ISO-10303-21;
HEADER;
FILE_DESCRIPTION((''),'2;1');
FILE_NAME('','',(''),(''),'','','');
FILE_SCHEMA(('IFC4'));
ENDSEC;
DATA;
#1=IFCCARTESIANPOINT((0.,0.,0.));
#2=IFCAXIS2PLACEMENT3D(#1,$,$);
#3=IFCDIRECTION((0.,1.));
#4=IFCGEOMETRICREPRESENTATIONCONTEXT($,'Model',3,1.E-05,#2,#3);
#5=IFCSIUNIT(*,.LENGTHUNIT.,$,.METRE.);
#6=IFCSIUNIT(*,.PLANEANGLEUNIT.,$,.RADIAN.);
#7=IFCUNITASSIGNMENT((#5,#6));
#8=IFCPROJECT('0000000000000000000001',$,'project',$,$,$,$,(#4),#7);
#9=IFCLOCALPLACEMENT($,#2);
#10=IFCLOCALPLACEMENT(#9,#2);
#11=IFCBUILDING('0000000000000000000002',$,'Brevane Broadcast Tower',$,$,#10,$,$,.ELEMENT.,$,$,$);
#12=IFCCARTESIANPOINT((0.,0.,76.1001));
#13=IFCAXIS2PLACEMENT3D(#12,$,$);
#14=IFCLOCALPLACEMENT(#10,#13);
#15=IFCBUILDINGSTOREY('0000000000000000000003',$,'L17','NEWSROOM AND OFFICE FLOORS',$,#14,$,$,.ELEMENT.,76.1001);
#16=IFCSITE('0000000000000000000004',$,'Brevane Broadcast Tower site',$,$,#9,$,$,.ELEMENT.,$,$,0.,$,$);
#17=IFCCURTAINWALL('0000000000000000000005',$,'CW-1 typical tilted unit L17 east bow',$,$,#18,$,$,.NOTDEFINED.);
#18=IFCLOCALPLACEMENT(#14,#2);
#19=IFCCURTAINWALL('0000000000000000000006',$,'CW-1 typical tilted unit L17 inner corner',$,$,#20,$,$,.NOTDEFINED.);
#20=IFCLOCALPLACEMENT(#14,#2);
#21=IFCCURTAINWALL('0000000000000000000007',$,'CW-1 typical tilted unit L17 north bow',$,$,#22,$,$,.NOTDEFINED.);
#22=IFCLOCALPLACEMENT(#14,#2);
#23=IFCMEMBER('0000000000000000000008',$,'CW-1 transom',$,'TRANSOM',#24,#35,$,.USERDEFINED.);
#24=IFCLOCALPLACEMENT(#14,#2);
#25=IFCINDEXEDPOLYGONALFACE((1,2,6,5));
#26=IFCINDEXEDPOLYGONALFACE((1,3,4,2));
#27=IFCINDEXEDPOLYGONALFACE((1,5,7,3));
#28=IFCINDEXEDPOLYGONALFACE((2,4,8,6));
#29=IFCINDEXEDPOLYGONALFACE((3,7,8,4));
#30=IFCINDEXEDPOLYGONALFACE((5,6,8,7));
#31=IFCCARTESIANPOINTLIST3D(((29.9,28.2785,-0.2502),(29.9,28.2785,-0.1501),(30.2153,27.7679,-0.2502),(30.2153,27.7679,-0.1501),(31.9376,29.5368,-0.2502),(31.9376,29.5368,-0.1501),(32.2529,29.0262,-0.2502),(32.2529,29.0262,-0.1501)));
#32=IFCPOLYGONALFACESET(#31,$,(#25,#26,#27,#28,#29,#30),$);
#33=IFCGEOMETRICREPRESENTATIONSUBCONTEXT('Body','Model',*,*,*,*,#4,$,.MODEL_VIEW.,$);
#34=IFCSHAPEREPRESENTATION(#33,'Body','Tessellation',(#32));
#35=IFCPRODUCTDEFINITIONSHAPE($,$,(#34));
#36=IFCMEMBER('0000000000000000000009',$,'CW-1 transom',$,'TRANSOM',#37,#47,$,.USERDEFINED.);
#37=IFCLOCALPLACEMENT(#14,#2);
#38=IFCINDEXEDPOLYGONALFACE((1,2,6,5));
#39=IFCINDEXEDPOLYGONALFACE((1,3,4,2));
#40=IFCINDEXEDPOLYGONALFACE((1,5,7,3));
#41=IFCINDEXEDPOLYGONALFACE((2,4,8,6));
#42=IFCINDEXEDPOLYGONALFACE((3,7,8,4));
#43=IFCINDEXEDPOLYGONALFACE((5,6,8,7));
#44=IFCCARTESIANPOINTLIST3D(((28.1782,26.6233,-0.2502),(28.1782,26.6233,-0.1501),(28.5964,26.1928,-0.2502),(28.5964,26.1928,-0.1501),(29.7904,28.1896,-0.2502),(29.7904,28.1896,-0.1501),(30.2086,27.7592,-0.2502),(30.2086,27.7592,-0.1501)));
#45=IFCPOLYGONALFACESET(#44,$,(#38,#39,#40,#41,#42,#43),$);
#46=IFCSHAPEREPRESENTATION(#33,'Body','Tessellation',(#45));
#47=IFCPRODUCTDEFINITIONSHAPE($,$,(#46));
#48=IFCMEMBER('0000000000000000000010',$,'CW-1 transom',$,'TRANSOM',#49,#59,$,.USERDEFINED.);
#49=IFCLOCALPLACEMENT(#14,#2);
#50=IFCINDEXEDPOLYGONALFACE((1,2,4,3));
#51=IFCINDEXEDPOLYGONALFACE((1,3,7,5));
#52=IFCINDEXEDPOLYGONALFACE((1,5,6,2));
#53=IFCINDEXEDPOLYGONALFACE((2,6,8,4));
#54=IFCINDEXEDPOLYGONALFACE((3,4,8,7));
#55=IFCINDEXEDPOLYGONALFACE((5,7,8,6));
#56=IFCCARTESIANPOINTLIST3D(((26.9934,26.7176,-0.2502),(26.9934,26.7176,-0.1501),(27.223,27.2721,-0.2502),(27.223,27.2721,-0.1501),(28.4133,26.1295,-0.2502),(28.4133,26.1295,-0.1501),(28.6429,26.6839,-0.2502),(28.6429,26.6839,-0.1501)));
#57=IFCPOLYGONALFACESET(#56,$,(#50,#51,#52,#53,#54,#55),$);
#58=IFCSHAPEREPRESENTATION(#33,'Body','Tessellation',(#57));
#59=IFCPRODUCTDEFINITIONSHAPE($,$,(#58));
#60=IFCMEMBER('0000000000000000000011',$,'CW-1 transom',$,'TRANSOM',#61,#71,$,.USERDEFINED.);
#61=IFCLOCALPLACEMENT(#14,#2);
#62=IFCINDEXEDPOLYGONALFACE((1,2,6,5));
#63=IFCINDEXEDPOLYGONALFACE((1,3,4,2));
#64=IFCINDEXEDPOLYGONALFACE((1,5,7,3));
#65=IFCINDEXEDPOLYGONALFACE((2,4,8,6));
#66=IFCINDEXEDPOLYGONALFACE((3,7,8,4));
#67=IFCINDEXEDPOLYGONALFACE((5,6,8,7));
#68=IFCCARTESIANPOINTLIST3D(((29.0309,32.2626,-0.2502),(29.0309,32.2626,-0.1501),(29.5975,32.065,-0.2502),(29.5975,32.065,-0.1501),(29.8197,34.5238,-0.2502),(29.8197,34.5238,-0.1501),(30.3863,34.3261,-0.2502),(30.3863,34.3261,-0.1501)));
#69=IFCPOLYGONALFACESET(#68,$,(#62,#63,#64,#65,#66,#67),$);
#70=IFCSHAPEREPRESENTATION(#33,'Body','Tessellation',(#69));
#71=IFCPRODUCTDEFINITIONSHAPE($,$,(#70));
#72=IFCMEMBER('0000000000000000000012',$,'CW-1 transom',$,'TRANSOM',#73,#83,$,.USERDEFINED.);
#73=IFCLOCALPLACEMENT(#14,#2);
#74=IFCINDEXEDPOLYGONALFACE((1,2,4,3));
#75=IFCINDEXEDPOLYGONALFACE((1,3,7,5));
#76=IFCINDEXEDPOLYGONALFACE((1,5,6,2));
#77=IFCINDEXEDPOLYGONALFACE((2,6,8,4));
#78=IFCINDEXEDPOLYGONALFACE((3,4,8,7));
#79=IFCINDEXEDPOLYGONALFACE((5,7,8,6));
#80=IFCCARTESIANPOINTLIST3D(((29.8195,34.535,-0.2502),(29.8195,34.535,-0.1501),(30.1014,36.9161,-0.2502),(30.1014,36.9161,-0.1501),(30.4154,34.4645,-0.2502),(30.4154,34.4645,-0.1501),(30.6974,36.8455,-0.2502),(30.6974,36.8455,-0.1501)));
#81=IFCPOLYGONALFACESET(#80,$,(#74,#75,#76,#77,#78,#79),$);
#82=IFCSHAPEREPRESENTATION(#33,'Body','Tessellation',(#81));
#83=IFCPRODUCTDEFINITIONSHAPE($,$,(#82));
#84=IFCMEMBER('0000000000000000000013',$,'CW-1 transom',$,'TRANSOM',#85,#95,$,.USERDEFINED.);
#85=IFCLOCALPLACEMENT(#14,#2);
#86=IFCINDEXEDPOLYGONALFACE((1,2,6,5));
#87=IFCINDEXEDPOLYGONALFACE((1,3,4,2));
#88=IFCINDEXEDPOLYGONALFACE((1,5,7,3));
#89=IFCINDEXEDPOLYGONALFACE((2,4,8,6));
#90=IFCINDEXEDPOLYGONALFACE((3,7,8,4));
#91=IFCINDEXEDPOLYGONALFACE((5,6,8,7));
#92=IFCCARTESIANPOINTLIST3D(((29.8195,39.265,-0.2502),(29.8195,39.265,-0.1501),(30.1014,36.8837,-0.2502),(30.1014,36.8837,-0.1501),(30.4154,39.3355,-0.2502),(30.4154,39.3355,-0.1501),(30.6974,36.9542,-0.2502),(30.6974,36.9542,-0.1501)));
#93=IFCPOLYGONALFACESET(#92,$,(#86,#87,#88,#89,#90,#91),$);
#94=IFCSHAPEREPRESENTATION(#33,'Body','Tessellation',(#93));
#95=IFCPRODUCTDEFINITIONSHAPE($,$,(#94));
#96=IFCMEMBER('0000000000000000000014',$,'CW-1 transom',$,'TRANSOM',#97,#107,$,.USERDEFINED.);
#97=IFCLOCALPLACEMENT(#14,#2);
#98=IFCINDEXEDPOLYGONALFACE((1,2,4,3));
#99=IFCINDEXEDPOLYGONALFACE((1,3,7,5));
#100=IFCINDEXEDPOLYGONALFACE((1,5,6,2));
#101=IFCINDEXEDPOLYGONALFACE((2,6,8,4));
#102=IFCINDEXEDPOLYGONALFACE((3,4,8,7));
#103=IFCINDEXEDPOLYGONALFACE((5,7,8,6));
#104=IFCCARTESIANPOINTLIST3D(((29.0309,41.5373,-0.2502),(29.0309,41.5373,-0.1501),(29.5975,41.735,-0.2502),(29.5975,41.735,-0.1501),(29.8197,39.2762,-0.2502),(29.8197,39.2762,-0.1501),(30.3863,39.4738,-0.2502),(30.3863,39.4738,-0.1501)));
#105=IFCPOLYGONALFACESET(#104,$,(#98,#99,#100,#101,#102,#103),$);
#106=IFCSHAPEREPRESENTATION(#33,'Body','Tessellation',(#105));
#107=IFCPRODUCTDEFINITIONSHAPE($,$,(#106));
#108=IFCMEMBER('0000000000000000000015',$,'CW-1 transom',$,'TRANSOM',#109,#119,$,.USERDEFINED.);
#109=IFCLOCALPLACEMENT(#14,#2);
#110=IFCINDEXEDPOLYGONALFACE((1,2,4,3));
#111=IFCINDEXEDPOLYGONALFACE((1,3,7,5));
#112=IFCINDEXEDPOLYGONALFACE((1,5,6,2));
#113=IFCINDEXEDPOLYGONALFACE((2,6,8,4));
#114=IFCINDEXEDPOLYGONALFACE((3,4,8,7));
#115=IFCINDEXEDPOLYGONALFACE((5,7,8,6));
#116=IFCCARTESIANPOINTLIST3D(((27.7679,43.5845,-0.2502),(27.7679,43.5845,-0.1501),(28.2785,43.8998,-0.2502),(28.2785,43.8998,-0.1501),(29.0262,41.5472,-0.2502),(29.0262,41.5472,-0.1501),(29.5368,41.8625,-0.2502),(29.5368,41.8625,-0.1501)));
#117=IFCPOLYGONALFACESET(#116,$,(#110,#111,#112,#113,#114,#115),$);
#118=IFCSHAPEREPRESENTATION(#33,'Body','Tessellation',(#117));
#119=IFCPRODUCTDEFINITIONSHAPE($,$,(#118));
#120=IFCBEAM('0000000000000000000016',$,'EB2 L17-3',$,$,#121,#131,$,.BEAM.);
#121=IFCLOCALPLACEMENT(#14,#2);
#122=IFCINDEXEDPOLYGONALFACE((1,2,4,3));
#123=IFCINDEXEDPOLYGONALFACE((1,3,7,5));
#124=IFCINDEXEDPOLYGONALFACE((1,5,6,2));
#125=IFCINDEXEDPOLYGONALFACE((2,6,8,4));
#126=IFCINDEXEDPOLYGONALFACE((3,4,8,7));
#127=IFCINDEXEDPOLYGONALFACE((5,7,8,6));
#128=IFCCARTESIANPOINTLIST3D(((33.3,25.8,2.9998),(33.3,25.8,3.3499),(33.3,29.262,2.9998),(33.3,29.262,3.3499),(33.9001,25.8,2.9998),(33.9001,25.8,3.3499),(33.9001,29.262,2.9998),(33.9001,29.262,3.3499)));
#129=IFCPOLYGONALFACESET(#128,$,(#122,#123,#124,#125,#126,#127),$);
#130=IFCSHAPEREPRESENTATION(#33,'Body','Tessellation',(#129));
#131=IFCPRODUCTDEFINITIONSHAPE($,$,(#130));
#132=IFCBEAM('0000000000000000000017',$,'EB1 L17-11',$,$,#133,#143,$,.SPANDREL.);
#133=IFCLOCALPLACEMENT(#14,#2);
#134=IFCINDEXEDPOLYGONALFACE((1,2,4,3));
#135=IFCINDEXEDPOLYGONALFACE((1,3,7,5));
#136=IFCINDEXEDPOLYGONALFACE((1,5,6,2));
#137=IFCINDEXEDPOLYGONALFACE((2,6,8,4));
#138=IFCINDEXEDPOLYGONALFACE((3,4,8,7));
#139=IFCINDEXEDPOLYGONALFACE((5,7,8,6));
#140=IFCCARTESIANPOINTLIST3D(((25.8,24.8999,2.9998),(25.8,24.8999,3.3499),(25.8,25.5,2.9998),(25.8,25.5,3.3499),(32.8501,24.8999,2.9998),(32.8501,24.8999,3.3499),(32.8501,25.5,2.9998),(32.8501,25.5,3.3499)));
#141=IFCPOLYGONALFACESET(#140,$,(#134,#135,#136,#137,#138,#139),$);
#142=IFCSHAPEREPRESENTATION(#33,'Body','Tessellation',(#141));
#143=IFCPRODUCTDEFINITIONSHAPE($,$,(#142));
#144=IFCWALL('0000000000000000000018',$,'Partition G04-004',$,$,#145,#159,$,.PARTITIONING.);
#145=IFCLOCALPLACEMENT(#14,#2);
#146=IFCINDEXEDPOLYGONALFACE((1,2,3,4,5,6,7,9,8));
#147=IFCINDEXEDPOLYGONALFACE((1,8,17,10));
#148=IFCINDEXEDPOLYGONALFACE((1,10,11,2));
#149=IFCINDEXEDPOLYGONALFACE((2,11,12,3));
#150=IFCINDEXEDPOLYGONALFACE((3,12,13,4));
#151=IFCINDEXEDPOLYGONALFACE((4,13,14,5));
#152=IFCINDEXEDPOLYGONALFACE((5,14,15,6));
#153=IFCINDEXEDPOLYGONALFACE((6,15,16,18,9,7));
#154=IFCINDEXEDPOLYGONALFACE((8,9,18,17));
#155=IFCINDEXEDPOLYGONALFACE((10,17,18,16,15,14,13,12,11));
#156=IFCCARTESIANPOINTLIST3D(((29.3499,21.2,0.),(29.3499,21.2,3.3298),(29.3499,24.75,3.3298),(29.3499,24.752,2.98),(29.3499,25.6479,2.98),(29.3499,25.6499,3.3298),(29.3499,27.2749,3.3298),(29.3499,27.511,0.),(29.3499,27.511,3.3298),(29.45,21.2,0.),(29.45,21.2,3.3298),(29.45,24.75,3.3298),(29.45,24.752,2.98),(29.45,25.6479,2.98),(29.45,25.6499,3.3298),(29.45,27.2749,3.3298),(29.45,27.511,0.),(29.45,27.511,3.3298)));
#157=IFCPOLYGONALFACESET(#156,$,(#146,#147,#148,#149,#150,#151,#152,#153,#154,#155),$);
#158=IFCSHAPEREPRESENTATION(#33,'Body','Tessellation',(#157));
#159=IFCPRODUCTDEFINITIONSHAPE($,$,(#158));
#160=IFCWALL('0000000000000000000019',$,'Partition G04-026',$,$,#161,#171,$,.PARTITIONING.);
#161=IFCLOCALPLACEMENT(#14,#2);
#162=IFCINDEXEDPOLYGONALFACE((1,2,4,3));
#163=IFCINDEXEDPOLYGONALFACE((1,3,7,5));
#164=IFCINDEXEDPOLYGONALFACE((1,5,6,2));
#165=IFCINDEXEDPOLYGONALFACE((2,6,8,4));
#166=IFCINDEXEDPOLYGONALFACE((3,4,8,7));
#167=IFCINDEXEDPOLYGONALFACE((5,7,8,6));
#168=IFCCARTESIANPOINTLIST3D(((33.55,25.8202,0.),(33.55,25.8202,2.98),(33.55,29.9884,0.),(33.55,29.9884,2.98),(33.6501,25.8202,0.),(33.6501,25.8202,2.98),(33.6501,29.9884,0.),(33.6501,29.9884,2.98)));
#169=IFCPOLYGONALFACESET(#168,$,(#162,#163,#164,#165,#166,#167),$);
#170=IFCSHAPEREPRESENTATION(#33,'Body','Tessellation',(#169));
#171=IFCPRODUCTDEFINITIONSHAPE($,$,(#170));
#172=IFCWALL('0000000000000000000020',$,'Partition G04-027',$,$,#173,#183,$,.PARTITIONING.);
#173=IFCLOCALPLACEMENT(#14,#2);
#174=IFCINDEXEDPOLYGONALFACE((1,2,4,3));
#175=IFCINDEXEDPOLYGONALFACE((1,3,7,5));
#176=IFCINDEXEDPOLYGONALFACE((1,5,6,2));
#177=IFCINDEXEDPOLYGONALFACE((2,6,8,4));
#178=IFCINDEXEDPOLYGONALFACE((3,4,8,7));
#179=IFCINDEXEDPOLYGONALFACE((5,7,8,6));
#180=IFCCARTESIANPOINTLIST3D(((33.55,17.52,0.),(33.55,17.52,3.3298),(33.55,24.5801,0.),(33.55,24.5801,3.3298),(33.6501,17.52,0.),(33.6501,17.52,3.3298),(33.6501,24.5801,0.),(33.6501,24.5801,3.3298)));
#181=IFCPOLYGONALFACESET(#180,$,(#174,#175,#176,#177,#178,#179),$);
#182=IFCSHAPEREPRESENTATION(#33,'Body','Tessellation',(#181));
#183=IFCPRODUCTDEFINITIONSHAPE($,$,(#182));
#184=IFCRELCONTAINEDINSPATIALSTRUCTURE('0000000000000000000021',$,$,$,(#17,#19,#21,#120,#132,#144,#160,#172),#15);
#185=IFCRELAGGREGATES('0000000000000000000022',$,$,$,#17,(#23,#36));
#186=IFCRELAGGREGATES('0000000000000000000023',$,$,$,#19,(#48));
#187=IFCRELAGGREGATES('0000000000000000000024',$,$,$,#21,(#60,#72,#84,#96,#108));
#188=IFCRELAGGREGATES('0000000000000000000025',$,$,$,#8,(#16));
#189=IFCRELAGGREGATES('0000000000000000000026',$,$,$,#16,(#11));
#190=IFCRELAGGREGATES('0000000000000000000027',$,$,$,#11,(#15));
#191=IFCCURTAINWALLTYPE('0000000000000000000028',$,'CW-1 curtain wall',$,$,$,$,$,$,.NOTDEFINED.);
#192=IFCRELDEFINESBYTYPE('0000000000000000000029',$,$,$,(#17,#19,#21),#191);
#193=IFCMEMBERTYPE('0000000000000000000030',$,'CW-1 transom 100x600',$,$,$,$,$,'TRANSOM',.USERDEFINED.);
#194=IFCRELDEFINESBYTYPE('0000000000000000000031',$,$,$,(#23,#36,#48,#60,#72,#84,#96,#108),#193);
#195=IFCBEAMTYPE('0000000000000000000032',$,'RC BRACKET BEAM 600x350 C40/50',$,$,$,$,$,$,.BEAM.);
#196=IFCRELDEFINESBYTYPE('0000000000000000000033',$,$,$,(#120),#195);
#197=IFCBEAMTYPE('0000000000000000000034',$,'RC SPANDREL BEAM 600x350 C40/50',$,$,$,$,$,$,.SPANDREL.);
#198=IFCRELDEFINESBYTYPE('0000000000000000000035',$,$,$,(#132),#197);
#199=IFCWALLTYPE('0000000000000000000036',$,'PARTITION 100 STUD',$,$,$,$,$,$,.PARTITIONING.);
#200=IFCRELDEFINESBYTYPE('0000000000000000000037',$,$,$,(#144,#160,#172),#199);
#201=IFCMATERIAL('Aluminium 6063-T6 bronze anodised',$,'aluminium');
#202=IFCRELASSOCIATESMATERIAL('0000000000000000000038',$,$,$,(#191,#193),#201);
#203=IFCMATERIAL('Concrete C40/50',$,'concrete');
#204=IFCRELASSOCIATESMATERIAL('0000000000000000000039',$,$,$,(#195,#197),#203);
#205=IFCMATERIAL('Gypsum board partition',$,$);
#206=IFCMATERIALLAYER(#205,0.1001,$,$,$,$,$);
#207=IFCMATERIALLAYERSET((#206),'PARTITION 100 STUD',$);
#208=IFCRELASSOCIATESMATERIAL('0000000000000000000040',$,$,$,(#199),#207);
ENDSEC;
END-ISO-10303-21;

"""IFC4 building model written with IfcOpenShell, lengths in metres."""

from ifc_helpers import new_model, si_unit, direction, frame, frame_2d, origin, origin_2d, place, context, subcontext, project, spatial, polyline, rectangle, outline, extrude, material, layer, layer_set, material_profile, profile_set, type_object, element, aggregate, save


model = new_model("IFC4")

# Units and contexts
model_context = context("Model", 3, precision=1e-05, world=origin(), true_north=direction((0.0, 1.0)))
body_context = subcontext(model_context, "Body", "Model", "MODEL_VIEW")
ifc_project = project(units=[si_unit("LENGTHUNIT", "METRE"), si_unit("PLANEANGLEUNIT", "RADIAN")], contexts=[model_context])

# Site, building, storey
site_placement = place(None, origin())
site = spatial("IfcSite", under=ifc_project, at=site_placement, Name="Brevane Broadcast Tower site", CompositionType="ELEMENT", RefElevation=0.0)
building_placement = place(site_placement, origin())
building = spatial("IfcBuilding", under=site, at=building_placement, Name="Brevane Broadcast Tower", CompositionType="ELEMENT")
storey_placement = place(building_placement, frame((0.0, 0.0, 76.1001)))
storey = spatial("IfcBuildingStorey", under=building, at=storey_placement, Name="L17", Description="NEWSROOM AND OFFICE FLOORS", CompositionType="ELEMENT", Elevation=76.1001)

# Curtain wall
ifc_material_1 = material(Name="Aluminium 6063-T6 bronze anodised", Category="aluminium")
curtain_wall_type = type_object("IfcCurtainWallType", Name="CW-1 curtain wall", PredefinedType="NOTDEFINED", material=ifc_material_1)
curtain_wall_1_placement = place(storey_placement, origin())
curtain_wall_1 = element("IfcCurtainWall", 1, at=curtain_wall_1_placement, inside=storey, type_object=curtain_wall_type, Name="CW-1 typical tilted unit L17 east bow", PredefinedType="NOTDEFINED")

# Curtain wall
curtain_wall_2_placement = place(storey_placement, origin())
curtain_wall_2 = element("IfcCurtainWall", 2, at=curtain_wall_2_placement, inside=storey, type_object=curtain_wall_type, Name="CW-1 typical tilted unit L17 inner corner", PredefinedType="NOTDEFINED")

# Curtain wall
curtain_wall_3_placement = place(storey_placement, origin())
curtain_wall_3 = element("IfcCurtainWall", 3, at=curtain_wall_3_placement, inside=storey, type_object=curtain_wall_type, Name="CW-1 typical tilted unit L17 north bow", PredefinedType="NOTDEFINED")

# Members
ifc_material_profile_1 = material_profile(ifc_material_1, rectangle(XDim=0.6001, YDim=0.1001, at=origin_2d()), Name="RECT 100x600")
ifc_profile_set_1 = profile_set([ifc_material_profile_1], Name="Aluminium 6063-T6 bronze anodised")
member_type_1 = type_object("IfcMemberType", Name="CW-1 transom 100x600", ElementType="TRANSOM", PredefinedType="USERDEFINED", material=ifc_profile_set_1)
member_1_placement = place(storey_placement, frame((32.0952, 29.2815, -0.2002), z_axis=(-0.850838, -0.525428, 0.0), x_axis=(0.525428, -0.850838, 0.0)))
member_1 = element("IfcMember", 4, at=member_1_placement, type_object=member_type_1, Name="CW-1 transom", ObjectType="TRANSOM", PredefinedType="USERDEFINED", context=body_context, shape_type="SweptSolid", body=[
    extrude(rectangle(XDim=0.6001, YDim=0.1001, at=origin_2d()), origin(), (0.0, 0.0, 1.0), 2.3948),
])
member_2_placement = place(storey_placement, frame((29.9995, 27.9744, -0.2002), z_axis=(-0.717242, -0.696824, 0.0), x_axis=(0.696824, -0.717242, 0.0)))
member_2 = element("IfcMember", 5, at=member_2_placement, type_object=member_type_1, Name="CW-1 transom", ObjectType="TRANSOM", PredefinedType="USERDEFINED", context=body_context, shape_type="SweptSolid", body=[
    extrude(rectangle(XDim=0.6001, YDim=0.1001, at=origin_2d()), origin(), (0.0, 0.0, 1.0), 2.2478),
])
aggregate(curtain_wall_1, [member_1, member_2])
member_3_placement = place(storey_placement, frame((28.5281, 26.4067, -0.2002), z_axis=(-0.923883, 0.382674, 0.0), x_axis=(-0.382674, -0.923883, 0.0)))
member_3 = element("IfcMember", 6, at=member_3_placement, type_object=member_type_1, Name="CW-1 transom", ObjectType="TRANSOM", PredefinedType="USERDEFINED", context=body_context, shape_type="SweptSolid", body=[
    extrude(rectangle(XDim=0.6001, YDim=0.1001, at=origin_2d()), origin(), (0.0, 0.0, 1.0), 1.5369),
])
aggregate(curtain_wall_2, [member_3])
member_4_placement = place(storey_placement, frame((29.3142, 32.1638, -0.2002), z_axis=(0.329378, 0.944198, 0.0), x_axis=(-0.944198, 0.329378, 0.0)))
member_4 = element("IfcMember", 7, at=member_4_placement, type_object=member_type_1, Name="CW-1 transom", ObjectType="TRANSOM", PredefinedType="USERDEFINED", context=body_context, shape_type="SweptSolid", body=[
    extrude(rectangle(XDim=0.6001, YDim=0.1001, at=origin_2d()), origin(), (0.0, 0.0, 1.0), 2.3948),
])
member_5_placement = place(storey_placement, frame((30.1174, 34.4998, -0.2002), z_axis=(0.117603, 0.993061, 0.0), x_axis=(-0.993061, 0.117603, 0.0)))
member_5 = element("IfcMember", 8, at=member_5_placement, type_object=member_type_1, Name="CW-1 transom", ObjectType="TRANSOM", PredefinedType="USERDEFINED", context=body_context, shape_type="SweptSolid", body=[
    extrude(rectangle(XDim=0.6001, YDim=0.1001, at=origin_2d()), origin(), (0.0, 0.0, 1.0), 2.3977),
])
member_6_placement = place(storey_placement, frame((30.3994, 36.9189, -0.2002), z_axis=(-0.117591, 0.993062, 0.0), x_axis=(-0.993062, -0.117591, 0.0)))
member_6 = element("IfcMember", 9, at=member_6_placement, type_object=member_type_1, Name="CW-1 transom", ObjectType="TRANSOM", PredefinedType="USERDEFINED", context=body_context, shape_type="SweptSolid", body=[
    extrude(rectangle(XDim=0.6001, YDim=0.1001, at=origin_2d()), origin(), (0.0, 0.0, 1.0), 2.3979),
])
member_7_placement = place(storey_placement, frame((30.103, 39.375, -0.2002), z_axis=(-0.329378, 0.944198, 0.0), x_axis=(-0.944198, -0.329378, 0.0)))
member_7 = element("IfcMember", 10, at=member_7_placement, type_object=member_type_1, Name="CW-1 transom", ObjectType="TRANSOM", PredefinedType="USERDEFINED", context=body_context, shape_type="SweptSolid", body=[
    extrude(rectangle(XDim=0.6001, YDim=0.1001, at=origin_2d()), origin(), (0.0, 0.0, 1.0), 2.3948),
])
member_8_placement = place(storey_placement, frame((29.2815, 41.7048, -0.2002), z_axis=(-0.525473, 0.85081, 0.0), x_axis=(-0.85081, -0.525473, 0.0)))
member_8 = element("IfcMember", 11, at=member_8_placement, type_object=member_type_1, Name="CW-1 transom", ObjectType="TRANSOM", PredefinedType="USERDEFINED", context=body_context, shape_type="SweptSolid", body=[
    extrude(rectangle(XDim=0.6001, YDim=0.1001, at=origin_2d()), origin(), (0.0, 0.0, 1.0), 2.3945),
])
aggregate(curtain_wall_3, [member_4, member_5, member_6, member_7, member_8])

# Beams
ifc_material_2 = material(Name="Concrete C40/50", Category="concrete")
ifc_material_profile_2 = material_profile(ifc_material_2, rectangle(XDim=0.6001, YDim=0.3501, at=origin_2d()), Name="RC 600x350")
ifc_profile_set_2 = profile_set([ifc_material_profile_2], Name="Concrete C40/50")
beam_type_1 = type_object("IfcBeamType", Name="RC BRACKET BEAM 600x350 C40/50", PredefinedType="BEAM", material=ifc_profile_set_2)
beam_1_placement = place(storey_placement, frame((33.6001, 25.8, 3.1748), z_axis=(0.0, 1.0, 0.0), x_axis=(-1.0, 0.0, 0.0)))
element("IfcBeam", 12, at=beam_1_placement, inside=storey, type_object=beam_type_1, Name="EB2 L17-3", PredefinedType="BEAM", context=body_context, shape_type="SweptSolid", body=[
    extrude(rectangle(XDim=0.6001, YDim=0.3501, at=origin_2d()), origin(), (0.0, 0.0, 1.0), 3.4619),
])
ifc_material_profile_3 = material_profile(ifc_material_2, rectangle(XDim=0.6001, YDim=0.3501, at=origin_2d()), Name="RC 600x350")
ifc_profile_set_3 = profile_set([ifc_material_profile_3], Name="Concrete C40/50")
beam_type_2 = type_object("IfcBeamType", Name="RC SPANDREL BEAM 600x350 C40/50", PredefinedType="SPANDREL", material=ifc_profile_set_3)
beam_2_placement = place(storey_placement, frame((32.8501, 25.2, 3.1748), z_axis=(-1.0, 0.0, 0.0), x_axis=(0.0, -1.0, 0.0)))
element("IfcBeam", 13, at=beam_2_placement, inside=storey, type_object=beam_type_2, Name="EB1 L17-11", PredefinedType="SPANDREL", context=body_context, shape_type="SweptSolid", body=[
    extrude(rectangle(XDim=0.6001, YDim=0.3501, at=origin_2d()), origin(), (0.0, 0.0, 1.0), 7.05),
])

# Walls
ifc_material_3 = material(Name="Gypsum board partition")
ifc_layer = layer(ifc_material_3, 0.1001)
ifc_layer_set = layer_set([ifc_layer], Name="PARTITION 100 STUD")
wall_type = type_object("IfcWallType", Name="PARTITION 100 STUD", PredefinedType="PARTITIONING", material=ifc_layer_set)
wall_1_placement = place(storey_placement, frame((29.3999, 27.511, 0.0), z_axis=(0.0, 0.0, 1.0), x_axis=(0.0, -1.0, 0.0)))
element("IfcWall", 14, at=wall_1_placement, inside=storey, type_object=wall_type, Name="Partition G04-004", PredefinedType="PARTITIONING", context=body_context, shape_type="SweptSolid", body=[
    extrude(outline(polyline([(0.0, 0.0), (6.311, 0.0), (6.311, 3.3298), (2.761, 3.3298), (2.759, 2.98), (1.863, 2.98), (1.8611, 3.3298), (0.2361, 3.3298), (0.0, 3.3298), (0.0, 0.0)])), frame((0.0, 0.05, 0.0), z_axis=(0.0, -1.0, 0.0), x_axis=(1.0, 0.0, 0.0)), (0.0, 0.0, 1.0), 0.1001),
])
wall_2_placement = place(storey_placement, frame((33.6001, 29.9883, 0.0), z_axis=(0.0, 0.0, 1.0), x_axis=(0.0, -1.0, 0.0)))
element("IfcWall", 15, at=wall_2_placement, inside=storey, type_object=wall_type, Name="Partition G04-026", PredefinedType="PARTITIONING", context=body_context, shape_type="SweptSolid", body=[
    extrude(rectangle(XDim=4.1682, YDim=0.1001, at=frame_2d((2.084, 0.0))), origin(), (0.0, 0.0, 1.0), 2.98),
])
wall_3_placement = place(storey_placement, frame((33.6001, 24.5801, 0.0), z_axis=(0.0, 0.0, 1.0), x_axis=(0.0, -1.0, 0.0)))
element("IfcWall", 16, at=wall_3_placement, inside=storey, type_object=wall_type, Name="Partition G04-027", PredefinedType="PARTITIONING", context=body_context, shape_type="SweptSolid", body=[
    extrude(rectangle(XDim=7.0601, YDim=0.1001, at=frame_2d((3.53, 0.0))), origin(), (0.0, 0.0, 1.0), 3.3298),
])

save(model, "model.ifc")
